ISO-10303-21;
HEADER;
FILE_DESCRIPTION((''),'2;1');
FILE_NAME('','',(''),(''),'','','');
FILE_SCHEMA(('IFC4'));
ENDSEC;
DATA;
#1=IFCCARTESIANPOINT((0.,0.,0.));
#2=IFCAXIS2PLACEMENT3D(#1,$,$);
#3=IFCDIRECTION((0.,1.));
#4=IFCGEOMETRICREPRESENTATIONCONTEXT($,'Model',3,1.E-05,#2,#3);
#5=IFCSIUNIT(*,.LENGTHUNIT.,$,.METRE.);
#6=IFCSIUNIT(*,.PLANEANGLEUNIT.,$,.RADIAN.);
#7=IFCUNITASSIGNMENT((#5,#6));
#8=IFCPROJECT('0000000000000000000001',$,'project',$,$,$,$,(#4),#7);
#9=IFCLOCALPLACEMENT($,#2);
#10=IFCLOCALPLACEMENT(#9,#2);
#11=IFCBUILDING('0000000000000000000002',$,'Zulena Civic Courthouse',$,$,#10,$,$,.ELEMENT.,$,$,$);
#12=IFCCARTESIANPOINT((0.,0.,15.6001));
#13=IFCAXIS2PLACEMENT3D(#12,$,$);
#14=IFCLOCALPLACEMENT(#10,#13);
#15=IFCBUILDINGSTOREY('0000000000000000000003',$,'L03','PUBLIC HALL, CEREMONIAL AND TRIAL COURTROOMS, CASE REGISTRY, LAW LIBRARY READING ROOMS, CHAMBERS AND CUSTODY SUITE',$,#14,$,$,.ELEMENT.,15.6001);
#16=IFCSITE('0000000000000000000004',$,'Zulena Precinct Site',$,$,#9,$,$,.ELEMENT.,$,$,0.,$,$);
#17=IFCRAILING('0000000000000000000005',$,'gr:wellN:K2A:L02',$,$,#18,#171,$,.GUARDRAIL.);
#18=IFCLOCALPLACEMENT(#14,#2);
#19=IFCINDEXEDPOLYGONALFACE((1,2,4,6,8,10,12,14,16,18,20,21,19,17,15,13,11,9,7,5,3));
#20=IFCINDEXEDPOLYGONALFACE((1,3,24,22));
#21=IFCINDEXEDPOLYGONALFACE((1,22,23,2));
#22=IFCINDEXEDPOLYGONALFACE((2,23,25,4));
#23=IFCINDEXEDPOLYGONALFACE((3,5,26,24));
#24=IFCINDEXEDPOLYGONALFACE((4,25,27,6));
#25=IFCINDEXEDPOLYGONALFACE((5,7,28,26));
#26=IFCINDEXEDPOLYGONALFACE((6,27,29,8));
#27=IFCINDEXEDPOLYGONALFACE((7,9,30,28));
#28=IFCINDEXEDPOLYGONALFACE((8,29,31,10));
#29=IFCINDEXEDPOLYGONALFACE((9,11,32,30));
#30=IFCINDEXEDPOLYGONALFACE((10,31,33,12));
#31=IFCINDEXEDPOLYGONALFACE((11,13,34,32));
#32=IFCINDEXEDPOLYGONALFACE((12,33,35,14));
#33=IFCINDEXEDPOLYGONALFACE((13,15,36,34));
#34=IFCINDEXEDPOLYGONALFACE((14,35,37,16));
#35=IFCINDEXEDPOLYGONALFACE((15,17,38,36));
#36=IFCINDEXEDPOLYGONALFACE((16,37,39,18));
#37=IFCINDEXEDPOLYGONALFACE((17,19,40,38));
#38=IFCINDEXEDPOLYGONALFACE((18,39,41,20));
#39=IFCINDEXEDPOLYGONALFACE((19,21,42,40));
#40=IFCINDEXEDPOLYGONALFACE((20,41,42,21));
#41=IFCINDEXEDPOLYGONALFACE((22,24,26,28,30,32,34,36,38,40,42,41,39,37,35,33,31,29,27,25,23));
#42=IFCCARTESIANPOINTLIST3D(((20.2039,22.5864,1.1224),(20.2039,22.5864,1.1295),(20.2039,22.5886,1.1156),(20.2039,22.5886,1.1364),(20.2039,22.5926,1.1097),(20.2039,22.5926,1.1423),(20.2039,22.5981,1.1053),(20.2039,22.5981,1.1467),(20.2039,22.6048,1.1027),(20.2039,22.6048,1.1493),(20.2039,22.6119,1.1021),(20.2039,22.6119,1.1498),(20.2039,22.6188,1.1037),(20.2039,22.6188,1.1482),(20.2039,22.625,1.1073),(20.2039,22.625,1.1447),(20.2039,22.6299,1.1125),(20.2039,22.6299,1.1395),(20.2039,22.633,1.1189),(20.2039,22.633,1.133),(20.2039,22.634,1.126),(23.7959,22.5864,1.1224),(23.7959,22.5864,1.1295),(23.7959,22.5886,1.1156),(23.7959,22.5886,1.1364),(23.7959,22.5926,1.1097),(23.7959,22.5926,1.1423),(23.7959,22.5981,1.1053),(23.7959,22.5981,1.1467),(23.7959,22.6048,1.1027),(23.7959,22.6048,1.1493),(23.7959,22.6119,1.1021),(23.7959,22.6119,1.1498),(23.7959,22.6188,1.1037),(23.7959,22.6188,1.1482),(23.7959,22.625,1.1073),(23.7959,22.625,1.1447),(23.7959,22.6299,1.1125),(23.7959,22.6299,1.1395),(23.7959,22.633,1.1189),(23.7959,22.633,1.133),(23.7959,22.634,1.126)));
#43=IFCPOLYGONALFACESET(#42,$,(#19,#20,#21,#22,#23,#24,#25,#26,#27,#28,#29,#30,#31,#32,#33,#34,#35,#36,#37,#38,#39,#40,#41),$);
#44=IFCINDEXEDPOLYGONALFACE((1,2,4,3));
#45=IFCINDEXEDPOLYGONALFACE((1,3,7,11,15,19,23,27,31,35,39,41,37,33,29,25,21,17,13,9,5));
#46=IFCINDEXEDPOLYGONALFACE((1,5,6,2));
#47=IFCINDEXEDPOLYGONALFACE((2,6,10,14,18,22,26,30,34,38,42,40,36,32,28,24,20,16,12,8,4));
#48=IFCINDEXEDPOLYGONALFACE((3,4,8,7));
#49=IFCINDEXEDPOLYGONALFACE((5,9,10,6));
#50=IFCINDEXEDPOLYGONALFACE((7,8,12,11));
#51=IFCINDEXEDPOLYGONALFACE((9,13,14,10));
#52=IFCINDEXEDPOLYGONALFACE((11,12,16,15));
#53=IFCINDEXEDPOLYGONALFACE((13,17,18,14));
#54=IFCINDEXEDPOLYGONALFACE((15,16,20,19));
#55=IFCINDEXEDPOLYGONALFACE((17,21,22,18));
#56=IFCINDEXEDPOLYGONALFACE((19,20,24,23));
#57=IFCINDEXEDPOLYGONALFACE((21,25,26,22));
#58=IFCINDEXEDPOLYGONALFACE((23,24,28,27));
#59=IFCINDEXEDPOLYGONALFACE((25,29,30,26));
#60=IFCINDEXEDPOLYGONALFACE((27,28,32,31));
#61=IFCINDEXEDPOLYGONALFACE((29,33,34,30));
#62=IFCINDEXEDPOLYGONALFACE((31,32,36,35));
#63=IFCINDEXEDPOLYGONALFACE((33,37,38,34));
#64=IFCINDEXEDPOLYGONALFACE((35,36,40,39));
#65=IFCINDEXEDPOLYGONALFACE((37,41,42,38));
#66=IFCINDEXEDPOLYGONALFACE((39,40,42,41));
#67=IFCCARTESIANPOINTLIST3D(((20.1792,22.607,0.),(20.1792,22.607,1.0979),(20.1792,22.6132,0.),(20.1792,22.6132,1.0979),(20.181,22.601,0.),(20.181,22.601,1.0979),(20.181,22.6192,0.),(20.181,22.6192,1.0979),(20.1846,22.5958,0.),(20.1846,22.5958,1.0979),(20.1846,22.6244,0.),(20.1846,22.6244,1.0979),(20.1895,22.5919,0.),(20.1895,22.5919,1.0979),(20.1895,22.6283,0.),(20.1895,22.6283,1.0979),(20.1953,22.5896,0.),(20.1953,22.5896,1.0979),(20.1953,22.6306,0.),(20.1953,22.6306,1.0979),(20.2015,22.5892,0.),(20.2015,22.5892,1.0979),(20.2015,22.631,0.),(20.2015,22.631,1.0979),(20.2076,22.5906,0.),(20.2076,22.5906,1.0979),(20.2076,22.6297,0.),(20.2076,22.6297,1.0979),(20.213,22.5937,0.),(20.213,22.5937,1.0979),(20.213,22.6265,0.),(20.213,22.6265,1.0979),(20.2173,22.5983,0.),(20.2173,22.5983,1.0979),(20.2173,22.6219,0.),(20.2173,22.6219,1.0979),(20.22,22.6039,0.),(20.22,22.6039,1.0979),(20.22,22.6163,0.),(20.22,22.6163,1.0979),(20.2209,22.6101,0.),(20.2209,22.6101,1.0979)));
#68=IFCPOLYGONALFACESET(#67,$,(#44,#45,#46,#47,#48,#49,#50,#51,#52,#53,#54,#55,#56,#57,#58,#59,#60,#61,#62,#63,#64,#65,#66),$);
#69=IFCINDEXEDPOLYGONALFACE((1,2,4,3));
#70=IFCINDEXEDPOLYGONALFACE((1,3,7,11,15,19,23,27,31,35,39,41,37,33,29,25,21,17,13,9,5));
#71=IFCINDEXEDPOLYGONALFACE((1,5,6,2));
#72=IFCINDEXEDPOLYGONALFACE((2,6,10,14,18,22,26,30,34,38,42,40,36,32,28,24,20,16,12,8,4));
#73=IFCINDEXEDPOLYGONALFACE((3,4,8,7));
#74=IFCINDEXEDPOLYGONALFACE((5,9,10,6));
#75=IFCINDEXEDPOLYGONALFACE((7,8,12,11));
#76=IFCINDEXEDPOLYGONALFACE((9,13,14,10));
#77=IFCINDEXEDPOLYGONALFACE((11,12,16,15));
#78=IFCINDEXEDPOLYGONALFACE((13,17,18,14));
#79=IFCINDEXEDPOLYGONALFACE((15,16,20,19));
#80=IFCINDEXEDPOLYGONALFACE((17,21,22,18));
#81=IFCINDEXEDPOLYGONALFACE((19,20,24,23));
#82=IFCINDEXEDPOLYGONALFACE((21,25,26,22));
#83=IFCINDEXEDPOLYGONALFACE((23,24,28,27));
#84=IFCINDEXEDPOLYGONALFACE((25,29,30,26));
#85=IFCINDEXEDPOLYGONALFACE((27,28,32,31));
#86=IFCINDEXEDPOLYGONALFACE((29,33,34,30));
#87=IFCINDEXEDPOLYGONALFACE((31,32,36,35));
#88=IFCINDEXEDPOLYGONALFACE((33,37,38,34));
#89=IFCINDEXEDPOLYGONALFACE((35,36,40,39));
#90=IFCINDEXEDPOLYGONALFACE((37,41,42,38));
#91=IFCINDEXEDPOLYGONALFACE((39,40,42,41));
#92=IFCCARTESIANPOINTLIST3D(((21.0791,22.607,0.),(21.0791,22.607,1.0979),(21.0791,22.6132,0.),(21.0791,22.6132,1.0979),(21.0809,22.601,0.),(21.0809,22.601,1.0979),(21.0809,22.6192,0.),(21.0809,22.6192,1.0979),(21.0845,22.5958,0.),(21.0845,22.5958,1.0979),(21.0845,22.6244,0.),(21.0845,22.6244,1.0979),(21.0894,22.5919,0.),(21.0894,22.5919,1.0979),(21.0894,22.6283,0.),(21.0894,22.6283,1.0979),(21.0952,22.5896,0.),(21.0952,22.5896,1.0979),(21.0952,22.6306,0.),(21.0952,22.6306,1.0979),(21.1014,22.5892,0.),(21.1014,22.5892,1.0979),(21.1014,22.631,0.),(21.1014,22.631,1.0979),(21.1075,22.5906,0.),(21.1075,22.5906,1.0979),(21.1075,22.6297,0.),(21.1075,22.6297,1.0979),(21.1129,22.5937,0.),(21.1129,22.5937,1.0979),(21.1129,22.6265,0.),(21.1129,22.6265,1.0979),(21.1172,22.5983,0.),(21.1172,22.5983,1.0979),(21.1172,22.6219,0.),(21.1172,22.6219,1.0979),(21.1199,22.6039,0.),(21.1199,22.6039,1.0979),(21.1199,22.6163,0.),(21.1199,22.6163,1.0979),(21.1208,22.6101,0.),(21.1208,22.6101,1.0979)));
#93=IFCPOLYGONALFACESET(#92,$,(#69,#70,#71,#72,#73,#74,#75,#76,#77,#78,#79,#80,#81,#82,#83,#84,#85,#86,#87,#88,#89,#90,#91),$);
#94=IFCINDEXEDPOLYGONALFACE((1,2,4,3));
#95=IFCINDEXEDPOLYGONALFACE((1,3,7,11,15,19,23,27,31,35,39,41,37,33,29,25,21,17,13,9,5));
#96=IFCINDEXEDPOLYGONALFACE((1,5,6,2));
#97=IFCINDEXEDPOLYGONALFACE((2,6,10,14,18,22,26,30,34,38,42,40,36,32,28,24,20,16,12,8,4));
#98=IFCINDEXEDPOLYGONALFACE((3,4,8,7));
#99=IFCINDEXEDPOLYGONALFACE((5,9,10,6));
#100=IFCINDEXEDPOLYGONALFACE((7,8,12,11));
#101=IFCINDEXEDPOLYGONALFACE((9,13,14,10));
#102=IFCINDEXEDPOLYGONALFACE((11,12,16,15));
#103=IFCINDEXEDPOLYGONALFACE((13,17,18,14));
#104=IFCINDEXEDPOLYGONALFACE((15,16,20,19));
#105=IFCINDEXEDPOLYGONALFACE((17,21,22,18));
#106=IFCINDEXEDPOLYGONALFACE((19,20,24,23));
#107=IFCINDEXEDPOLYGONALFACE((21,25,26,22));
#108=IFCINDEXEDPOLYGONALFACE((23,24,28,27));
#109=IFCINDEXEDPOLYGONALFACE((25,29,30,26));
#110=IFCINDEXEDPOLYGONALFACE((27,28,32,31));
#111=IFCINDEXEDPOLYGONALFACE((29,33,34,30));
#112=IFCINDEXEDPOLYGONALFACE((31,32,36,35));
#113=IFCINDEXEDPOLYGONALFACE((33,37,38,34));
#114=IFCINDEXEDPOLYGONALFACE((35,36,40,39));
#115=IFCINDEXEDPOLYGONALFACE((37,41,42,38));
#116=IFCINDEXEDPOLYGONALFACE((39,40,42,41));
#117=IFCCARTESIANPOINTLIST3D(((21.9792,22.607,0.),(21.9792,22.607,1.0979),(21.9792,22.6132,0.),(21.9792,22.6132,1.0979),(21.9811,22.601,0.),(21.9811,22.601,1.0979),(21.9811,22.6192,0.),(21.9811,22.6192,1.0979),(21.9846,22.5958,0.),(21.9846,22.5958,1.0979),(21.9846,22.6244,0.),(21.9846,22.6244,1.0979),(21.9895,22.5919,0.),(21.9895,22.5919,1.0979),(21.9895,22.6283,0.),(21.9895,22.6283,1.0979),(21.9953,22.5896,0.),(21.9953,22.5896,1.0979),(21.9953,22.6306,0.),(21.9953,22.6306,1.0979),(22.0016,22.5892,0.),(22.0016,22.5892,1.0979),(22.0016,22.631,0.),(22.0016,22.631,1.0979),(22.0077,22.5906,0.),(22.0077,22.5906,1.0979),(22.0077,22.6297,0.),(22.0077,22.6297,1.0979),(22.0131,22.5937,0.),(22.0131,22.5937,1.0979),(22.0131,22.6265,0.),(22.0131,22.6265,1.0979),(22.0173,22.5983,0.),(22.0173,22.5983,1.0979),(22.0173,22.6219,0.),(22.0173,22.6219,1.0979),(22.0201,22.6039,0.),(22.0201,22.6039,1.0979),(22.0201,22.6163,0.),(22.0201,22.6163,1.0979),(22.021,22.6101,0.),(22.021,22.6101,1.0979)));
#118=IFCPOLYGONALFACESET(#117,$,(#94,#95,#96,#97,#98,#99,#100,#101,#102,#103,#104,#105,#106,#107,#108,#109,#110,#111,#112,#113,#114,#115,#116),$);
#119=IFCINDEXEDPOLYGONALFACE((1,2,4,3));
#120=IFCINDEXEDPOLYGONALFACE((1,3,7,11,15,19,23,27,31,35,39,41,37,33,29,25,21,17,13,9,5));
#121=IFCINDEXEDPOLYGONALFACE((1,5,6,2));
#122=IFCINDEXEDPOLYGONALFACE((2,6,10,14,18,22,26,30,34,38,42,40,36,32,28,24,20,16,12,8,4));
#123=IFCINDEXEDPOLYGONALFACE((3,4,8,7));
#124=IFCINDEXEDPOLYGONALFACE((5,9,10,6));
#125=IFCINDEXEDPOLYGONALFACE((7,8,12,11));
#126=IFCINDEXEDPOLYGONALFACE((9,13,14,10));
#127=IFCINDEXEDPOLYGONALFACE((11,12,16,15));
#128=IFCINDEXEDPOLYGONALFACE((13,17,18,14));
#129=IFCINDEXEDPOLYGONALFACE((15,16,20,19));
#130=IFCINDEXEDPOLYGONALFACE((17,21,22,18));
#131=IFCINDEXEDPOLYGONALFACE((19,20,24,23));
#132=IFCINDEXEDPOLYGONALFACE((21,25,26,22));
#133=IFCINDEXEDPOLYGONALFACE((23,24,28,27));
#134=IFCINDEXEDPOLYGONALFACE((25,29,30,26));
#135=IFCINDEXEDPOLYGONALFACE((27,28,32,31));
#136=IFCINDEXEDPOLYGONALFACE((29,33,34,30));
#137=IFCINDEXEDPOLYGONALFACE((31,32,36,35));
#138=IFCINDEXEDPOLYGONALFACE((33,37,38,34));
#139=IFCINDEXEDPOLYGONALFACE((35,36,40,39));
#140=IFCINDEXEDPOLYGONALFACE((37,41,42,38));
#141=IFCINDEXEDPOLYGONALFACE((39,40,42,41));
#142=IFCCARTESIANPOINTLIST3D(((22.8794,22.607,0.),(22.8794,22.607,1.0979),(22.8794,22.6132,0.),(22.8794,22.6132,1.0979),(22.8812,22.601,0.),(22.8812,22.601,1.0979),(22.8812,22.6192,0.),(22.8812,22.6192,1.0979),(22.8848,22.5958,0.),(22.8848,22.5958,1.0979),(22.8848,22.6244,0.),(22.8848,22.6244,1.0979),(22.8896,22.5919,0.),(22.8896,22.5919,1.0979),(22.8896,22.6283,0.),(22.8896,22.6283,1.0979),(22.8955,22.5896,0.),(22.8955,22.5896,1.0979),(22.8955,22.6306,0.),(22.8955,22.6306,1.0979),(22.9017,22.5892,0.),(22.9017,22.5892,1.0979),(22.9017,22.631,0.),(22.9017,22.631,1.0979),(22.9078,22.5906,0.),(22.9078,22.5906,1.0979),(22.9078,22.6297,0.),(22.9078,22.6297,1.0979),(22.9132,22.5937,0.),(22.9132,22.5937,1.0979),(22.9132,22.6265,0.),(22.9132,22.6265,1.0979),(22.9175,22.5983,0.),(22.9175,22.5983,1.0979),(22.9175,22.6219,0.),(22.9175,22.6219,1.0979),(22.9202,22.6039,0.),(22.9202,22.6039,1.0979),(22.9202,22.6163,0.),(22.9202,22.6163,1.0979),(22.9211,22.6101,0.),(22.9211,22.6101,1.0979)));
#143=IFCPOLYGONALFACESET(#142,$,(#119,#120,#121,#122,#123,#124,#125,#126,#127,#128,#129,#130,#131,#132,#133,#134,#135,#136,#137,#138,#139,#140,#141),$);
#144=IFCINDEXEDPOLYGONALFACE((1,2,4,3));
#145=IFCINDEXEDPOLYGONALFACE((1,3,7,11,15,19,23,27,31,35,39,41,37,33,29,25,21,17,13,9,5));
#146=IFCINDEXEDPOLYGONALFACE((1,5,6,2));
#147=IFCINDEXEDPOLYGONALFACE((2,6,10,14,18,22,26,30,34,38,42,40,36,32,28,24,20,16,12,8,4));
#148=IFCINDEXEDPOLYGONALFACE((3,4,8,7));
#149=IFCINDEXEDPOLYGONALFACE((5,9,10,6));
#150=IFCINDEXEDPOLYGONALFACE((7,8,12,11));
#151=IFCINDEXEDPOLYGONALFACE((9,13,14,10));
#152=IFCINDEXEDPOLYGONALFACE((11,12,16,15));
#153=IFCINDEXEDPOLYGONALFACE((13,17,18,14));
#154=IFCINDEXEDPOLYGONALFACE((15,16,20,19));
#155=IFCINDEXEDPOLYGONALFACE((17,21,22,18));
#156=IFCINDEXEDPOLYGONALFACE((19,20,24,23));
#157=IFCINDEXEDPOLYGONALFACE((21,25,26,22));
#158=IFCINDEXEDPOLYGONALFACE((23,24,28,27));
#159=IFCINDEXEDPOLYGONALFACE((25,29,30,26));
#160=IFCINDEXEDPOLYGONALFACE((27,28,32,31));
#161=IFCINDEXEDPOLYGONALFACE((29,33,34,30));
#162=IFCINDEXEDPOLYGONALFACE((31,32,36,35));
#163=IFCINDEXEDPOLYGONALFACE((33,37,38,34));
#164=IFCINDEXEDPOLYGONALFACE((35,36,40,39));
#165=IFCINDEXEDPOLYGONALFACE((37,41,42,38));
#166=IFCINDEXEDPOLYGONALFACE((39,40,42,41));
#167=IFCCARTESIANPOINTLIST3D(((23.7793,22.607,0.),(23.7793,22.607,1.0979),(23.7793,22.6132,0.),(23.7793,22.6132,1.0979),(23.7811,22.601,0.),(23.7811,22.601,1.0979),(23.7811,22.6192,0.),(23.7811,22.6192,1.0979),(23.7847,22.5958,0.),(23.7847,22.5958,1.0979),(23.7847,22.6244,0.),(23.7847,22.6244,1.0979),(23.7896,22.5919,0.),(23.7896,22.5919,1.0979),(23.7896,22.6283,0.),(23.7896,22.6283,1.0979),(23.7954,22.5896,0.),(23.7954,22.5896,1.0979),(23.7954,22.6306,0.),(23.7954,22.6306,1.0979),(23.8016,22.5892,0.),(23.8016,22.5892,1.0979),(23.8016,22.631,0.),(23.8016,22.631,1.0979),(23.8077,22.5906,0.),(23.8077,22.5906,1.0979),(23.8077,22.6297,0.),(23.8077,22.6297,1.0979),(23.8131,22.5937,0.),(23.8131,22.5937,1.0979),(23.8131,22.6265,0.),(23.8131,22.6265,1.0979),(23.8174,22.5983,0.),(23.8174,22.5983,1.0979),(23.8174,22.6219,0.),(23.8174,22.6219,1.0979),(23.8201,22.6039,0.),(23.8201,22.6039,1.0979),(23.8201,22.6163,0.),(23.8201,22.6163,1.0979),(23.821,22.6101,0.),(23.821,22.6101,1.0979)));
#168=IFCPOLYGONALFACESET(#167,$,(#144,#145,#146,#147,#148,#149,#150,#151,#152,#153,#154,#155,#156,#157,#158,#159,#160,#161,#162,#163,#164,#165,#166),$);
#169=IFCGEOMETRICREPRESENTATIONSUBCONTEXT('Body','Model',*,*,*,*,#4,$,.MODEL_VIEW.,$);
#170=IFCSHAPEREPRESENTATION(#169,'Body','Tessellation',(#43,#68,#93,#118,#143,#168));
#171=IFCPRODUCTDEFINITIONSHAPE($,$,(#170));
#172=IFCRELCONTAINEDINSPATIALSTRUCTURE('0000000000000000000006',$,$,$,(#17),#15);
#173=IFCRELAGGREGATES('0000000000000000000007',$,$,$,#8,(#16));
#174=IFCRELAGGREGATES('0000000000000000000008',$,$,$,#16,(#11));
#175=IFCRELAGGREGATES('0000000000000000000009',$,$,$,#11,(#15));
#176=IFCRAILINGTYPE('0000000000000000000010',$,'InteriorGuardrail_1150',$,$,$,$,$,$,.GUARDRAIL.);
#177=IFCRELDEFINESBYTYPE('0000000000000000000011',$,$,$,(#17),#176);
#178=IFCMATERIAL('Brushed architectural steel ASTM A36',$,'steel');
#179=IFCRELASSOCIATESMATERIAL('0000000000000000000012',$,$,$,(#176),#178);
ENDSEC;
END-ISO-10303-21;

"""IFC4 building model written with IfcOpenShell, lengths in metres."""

from ifc_helpers import new_model, si_unit, direction, frame, origin, origin_2d, place, context, subcontext, project, spatial, circle, extrude, material, type_object, element, save


model = new_model("IFC4")

# Units and contexts
model_context = context("Model", 3, precision=1e-05, world=origin(), true_north=direction((0.0, 1.0)))
body_context = subcontext(model_context, "Body", "Model", "MODEL_VIEW")
ifc_project = project(units=[si_unit("LENGTHUNIT", "METRE"), si_unit("PLANEANGLEUNIT", "RADIAN")], contexts=[model_context])

# Site, building, storey
site_placement = place(None, origin())
site = spatial("IfcSite", under=ifc_project, at=site_placement, Name="Zulena Precinct Site", CompositionType="ELEMENT", RefElevation=0.0)
building_placement = place(site_placement, origin())
building = spatial("IfcBuilding", under=site, at=building_placement, Name="Zulena Civic Courthouse", CompositionType="ELEMENT")
storey_placement = place(building_placement, frame((0.0, 0.0, 15.6001)))
storey = spatial("IfcBuildingStorey", under=building, at=storey_placement, Name="L03", Description="PUBLIC HALL, CEREMONIAL AND TRIAL COURTROOMS, CASE REGISTRY, LAW LIBRARY READING ROOMS, CHAMBERS AND CUSTODY SUITE", CompositionType="ELEMENT", Elevation=15.6001)

# Railing
ifc_material_1 = material(Name="Brushed architectural steel ASTM A36", Category="steel")
railing_type_1 = type_object("IfcRailingType", Name="InteriorGuardrail_1150", PredefinedType="GUARDRAIL", material=ifc_material_1)
railing_1_placement = place(storey_placement, frame((20.2, 22.6101, 0.0)))
element("IfcRailing", 1, at=railing_1_placement, inside=storey, type_object=railing_type_1, Name="gr:wellN:K2A:L02", PredefinedType="GUARDRAIL", context=body_context, shape_type="SweptSolid", body=[
    extrude(circle(Radius=0.0239, at=origin_2d()), frame((0.0039, 0.0, 1.126), z_axis=(1.0, 0.0, 0.0), x_axis=(0.0, 1.0, 0.0)), (0.0, 0.0, 1.0), 3.592),
    extrude(circle(Radius=0.021, at=origin_2d()), origin(), (0.0, 0.0, 1.0), 1.0979),
    extrude(circle(Radius=0.021, at=origin_2d()), frame((0.8999, 0.0, 0.0)), (0.0, 0.0, 1.0), 1.0979),
    extrude(circle(Radius=0.021, at=origin_2d()), frame((1.8, 0.0, 0.0)), (0.0, 0.0, 1.0), 1.0979),
    extrude(circle(Radius=0.021, at=origin_2d()), frame((2.7002, 0.0, 0.0)), (0.0, 0.0, 1.0), 1.0979),
    extrude(circle(Radius=0.021, at=origin_2d()), frame((3.6001, 0.0, 0.0)), (0.0, 0.0, 1.0), 1.0979),
])

save(model, "model.ifc")
